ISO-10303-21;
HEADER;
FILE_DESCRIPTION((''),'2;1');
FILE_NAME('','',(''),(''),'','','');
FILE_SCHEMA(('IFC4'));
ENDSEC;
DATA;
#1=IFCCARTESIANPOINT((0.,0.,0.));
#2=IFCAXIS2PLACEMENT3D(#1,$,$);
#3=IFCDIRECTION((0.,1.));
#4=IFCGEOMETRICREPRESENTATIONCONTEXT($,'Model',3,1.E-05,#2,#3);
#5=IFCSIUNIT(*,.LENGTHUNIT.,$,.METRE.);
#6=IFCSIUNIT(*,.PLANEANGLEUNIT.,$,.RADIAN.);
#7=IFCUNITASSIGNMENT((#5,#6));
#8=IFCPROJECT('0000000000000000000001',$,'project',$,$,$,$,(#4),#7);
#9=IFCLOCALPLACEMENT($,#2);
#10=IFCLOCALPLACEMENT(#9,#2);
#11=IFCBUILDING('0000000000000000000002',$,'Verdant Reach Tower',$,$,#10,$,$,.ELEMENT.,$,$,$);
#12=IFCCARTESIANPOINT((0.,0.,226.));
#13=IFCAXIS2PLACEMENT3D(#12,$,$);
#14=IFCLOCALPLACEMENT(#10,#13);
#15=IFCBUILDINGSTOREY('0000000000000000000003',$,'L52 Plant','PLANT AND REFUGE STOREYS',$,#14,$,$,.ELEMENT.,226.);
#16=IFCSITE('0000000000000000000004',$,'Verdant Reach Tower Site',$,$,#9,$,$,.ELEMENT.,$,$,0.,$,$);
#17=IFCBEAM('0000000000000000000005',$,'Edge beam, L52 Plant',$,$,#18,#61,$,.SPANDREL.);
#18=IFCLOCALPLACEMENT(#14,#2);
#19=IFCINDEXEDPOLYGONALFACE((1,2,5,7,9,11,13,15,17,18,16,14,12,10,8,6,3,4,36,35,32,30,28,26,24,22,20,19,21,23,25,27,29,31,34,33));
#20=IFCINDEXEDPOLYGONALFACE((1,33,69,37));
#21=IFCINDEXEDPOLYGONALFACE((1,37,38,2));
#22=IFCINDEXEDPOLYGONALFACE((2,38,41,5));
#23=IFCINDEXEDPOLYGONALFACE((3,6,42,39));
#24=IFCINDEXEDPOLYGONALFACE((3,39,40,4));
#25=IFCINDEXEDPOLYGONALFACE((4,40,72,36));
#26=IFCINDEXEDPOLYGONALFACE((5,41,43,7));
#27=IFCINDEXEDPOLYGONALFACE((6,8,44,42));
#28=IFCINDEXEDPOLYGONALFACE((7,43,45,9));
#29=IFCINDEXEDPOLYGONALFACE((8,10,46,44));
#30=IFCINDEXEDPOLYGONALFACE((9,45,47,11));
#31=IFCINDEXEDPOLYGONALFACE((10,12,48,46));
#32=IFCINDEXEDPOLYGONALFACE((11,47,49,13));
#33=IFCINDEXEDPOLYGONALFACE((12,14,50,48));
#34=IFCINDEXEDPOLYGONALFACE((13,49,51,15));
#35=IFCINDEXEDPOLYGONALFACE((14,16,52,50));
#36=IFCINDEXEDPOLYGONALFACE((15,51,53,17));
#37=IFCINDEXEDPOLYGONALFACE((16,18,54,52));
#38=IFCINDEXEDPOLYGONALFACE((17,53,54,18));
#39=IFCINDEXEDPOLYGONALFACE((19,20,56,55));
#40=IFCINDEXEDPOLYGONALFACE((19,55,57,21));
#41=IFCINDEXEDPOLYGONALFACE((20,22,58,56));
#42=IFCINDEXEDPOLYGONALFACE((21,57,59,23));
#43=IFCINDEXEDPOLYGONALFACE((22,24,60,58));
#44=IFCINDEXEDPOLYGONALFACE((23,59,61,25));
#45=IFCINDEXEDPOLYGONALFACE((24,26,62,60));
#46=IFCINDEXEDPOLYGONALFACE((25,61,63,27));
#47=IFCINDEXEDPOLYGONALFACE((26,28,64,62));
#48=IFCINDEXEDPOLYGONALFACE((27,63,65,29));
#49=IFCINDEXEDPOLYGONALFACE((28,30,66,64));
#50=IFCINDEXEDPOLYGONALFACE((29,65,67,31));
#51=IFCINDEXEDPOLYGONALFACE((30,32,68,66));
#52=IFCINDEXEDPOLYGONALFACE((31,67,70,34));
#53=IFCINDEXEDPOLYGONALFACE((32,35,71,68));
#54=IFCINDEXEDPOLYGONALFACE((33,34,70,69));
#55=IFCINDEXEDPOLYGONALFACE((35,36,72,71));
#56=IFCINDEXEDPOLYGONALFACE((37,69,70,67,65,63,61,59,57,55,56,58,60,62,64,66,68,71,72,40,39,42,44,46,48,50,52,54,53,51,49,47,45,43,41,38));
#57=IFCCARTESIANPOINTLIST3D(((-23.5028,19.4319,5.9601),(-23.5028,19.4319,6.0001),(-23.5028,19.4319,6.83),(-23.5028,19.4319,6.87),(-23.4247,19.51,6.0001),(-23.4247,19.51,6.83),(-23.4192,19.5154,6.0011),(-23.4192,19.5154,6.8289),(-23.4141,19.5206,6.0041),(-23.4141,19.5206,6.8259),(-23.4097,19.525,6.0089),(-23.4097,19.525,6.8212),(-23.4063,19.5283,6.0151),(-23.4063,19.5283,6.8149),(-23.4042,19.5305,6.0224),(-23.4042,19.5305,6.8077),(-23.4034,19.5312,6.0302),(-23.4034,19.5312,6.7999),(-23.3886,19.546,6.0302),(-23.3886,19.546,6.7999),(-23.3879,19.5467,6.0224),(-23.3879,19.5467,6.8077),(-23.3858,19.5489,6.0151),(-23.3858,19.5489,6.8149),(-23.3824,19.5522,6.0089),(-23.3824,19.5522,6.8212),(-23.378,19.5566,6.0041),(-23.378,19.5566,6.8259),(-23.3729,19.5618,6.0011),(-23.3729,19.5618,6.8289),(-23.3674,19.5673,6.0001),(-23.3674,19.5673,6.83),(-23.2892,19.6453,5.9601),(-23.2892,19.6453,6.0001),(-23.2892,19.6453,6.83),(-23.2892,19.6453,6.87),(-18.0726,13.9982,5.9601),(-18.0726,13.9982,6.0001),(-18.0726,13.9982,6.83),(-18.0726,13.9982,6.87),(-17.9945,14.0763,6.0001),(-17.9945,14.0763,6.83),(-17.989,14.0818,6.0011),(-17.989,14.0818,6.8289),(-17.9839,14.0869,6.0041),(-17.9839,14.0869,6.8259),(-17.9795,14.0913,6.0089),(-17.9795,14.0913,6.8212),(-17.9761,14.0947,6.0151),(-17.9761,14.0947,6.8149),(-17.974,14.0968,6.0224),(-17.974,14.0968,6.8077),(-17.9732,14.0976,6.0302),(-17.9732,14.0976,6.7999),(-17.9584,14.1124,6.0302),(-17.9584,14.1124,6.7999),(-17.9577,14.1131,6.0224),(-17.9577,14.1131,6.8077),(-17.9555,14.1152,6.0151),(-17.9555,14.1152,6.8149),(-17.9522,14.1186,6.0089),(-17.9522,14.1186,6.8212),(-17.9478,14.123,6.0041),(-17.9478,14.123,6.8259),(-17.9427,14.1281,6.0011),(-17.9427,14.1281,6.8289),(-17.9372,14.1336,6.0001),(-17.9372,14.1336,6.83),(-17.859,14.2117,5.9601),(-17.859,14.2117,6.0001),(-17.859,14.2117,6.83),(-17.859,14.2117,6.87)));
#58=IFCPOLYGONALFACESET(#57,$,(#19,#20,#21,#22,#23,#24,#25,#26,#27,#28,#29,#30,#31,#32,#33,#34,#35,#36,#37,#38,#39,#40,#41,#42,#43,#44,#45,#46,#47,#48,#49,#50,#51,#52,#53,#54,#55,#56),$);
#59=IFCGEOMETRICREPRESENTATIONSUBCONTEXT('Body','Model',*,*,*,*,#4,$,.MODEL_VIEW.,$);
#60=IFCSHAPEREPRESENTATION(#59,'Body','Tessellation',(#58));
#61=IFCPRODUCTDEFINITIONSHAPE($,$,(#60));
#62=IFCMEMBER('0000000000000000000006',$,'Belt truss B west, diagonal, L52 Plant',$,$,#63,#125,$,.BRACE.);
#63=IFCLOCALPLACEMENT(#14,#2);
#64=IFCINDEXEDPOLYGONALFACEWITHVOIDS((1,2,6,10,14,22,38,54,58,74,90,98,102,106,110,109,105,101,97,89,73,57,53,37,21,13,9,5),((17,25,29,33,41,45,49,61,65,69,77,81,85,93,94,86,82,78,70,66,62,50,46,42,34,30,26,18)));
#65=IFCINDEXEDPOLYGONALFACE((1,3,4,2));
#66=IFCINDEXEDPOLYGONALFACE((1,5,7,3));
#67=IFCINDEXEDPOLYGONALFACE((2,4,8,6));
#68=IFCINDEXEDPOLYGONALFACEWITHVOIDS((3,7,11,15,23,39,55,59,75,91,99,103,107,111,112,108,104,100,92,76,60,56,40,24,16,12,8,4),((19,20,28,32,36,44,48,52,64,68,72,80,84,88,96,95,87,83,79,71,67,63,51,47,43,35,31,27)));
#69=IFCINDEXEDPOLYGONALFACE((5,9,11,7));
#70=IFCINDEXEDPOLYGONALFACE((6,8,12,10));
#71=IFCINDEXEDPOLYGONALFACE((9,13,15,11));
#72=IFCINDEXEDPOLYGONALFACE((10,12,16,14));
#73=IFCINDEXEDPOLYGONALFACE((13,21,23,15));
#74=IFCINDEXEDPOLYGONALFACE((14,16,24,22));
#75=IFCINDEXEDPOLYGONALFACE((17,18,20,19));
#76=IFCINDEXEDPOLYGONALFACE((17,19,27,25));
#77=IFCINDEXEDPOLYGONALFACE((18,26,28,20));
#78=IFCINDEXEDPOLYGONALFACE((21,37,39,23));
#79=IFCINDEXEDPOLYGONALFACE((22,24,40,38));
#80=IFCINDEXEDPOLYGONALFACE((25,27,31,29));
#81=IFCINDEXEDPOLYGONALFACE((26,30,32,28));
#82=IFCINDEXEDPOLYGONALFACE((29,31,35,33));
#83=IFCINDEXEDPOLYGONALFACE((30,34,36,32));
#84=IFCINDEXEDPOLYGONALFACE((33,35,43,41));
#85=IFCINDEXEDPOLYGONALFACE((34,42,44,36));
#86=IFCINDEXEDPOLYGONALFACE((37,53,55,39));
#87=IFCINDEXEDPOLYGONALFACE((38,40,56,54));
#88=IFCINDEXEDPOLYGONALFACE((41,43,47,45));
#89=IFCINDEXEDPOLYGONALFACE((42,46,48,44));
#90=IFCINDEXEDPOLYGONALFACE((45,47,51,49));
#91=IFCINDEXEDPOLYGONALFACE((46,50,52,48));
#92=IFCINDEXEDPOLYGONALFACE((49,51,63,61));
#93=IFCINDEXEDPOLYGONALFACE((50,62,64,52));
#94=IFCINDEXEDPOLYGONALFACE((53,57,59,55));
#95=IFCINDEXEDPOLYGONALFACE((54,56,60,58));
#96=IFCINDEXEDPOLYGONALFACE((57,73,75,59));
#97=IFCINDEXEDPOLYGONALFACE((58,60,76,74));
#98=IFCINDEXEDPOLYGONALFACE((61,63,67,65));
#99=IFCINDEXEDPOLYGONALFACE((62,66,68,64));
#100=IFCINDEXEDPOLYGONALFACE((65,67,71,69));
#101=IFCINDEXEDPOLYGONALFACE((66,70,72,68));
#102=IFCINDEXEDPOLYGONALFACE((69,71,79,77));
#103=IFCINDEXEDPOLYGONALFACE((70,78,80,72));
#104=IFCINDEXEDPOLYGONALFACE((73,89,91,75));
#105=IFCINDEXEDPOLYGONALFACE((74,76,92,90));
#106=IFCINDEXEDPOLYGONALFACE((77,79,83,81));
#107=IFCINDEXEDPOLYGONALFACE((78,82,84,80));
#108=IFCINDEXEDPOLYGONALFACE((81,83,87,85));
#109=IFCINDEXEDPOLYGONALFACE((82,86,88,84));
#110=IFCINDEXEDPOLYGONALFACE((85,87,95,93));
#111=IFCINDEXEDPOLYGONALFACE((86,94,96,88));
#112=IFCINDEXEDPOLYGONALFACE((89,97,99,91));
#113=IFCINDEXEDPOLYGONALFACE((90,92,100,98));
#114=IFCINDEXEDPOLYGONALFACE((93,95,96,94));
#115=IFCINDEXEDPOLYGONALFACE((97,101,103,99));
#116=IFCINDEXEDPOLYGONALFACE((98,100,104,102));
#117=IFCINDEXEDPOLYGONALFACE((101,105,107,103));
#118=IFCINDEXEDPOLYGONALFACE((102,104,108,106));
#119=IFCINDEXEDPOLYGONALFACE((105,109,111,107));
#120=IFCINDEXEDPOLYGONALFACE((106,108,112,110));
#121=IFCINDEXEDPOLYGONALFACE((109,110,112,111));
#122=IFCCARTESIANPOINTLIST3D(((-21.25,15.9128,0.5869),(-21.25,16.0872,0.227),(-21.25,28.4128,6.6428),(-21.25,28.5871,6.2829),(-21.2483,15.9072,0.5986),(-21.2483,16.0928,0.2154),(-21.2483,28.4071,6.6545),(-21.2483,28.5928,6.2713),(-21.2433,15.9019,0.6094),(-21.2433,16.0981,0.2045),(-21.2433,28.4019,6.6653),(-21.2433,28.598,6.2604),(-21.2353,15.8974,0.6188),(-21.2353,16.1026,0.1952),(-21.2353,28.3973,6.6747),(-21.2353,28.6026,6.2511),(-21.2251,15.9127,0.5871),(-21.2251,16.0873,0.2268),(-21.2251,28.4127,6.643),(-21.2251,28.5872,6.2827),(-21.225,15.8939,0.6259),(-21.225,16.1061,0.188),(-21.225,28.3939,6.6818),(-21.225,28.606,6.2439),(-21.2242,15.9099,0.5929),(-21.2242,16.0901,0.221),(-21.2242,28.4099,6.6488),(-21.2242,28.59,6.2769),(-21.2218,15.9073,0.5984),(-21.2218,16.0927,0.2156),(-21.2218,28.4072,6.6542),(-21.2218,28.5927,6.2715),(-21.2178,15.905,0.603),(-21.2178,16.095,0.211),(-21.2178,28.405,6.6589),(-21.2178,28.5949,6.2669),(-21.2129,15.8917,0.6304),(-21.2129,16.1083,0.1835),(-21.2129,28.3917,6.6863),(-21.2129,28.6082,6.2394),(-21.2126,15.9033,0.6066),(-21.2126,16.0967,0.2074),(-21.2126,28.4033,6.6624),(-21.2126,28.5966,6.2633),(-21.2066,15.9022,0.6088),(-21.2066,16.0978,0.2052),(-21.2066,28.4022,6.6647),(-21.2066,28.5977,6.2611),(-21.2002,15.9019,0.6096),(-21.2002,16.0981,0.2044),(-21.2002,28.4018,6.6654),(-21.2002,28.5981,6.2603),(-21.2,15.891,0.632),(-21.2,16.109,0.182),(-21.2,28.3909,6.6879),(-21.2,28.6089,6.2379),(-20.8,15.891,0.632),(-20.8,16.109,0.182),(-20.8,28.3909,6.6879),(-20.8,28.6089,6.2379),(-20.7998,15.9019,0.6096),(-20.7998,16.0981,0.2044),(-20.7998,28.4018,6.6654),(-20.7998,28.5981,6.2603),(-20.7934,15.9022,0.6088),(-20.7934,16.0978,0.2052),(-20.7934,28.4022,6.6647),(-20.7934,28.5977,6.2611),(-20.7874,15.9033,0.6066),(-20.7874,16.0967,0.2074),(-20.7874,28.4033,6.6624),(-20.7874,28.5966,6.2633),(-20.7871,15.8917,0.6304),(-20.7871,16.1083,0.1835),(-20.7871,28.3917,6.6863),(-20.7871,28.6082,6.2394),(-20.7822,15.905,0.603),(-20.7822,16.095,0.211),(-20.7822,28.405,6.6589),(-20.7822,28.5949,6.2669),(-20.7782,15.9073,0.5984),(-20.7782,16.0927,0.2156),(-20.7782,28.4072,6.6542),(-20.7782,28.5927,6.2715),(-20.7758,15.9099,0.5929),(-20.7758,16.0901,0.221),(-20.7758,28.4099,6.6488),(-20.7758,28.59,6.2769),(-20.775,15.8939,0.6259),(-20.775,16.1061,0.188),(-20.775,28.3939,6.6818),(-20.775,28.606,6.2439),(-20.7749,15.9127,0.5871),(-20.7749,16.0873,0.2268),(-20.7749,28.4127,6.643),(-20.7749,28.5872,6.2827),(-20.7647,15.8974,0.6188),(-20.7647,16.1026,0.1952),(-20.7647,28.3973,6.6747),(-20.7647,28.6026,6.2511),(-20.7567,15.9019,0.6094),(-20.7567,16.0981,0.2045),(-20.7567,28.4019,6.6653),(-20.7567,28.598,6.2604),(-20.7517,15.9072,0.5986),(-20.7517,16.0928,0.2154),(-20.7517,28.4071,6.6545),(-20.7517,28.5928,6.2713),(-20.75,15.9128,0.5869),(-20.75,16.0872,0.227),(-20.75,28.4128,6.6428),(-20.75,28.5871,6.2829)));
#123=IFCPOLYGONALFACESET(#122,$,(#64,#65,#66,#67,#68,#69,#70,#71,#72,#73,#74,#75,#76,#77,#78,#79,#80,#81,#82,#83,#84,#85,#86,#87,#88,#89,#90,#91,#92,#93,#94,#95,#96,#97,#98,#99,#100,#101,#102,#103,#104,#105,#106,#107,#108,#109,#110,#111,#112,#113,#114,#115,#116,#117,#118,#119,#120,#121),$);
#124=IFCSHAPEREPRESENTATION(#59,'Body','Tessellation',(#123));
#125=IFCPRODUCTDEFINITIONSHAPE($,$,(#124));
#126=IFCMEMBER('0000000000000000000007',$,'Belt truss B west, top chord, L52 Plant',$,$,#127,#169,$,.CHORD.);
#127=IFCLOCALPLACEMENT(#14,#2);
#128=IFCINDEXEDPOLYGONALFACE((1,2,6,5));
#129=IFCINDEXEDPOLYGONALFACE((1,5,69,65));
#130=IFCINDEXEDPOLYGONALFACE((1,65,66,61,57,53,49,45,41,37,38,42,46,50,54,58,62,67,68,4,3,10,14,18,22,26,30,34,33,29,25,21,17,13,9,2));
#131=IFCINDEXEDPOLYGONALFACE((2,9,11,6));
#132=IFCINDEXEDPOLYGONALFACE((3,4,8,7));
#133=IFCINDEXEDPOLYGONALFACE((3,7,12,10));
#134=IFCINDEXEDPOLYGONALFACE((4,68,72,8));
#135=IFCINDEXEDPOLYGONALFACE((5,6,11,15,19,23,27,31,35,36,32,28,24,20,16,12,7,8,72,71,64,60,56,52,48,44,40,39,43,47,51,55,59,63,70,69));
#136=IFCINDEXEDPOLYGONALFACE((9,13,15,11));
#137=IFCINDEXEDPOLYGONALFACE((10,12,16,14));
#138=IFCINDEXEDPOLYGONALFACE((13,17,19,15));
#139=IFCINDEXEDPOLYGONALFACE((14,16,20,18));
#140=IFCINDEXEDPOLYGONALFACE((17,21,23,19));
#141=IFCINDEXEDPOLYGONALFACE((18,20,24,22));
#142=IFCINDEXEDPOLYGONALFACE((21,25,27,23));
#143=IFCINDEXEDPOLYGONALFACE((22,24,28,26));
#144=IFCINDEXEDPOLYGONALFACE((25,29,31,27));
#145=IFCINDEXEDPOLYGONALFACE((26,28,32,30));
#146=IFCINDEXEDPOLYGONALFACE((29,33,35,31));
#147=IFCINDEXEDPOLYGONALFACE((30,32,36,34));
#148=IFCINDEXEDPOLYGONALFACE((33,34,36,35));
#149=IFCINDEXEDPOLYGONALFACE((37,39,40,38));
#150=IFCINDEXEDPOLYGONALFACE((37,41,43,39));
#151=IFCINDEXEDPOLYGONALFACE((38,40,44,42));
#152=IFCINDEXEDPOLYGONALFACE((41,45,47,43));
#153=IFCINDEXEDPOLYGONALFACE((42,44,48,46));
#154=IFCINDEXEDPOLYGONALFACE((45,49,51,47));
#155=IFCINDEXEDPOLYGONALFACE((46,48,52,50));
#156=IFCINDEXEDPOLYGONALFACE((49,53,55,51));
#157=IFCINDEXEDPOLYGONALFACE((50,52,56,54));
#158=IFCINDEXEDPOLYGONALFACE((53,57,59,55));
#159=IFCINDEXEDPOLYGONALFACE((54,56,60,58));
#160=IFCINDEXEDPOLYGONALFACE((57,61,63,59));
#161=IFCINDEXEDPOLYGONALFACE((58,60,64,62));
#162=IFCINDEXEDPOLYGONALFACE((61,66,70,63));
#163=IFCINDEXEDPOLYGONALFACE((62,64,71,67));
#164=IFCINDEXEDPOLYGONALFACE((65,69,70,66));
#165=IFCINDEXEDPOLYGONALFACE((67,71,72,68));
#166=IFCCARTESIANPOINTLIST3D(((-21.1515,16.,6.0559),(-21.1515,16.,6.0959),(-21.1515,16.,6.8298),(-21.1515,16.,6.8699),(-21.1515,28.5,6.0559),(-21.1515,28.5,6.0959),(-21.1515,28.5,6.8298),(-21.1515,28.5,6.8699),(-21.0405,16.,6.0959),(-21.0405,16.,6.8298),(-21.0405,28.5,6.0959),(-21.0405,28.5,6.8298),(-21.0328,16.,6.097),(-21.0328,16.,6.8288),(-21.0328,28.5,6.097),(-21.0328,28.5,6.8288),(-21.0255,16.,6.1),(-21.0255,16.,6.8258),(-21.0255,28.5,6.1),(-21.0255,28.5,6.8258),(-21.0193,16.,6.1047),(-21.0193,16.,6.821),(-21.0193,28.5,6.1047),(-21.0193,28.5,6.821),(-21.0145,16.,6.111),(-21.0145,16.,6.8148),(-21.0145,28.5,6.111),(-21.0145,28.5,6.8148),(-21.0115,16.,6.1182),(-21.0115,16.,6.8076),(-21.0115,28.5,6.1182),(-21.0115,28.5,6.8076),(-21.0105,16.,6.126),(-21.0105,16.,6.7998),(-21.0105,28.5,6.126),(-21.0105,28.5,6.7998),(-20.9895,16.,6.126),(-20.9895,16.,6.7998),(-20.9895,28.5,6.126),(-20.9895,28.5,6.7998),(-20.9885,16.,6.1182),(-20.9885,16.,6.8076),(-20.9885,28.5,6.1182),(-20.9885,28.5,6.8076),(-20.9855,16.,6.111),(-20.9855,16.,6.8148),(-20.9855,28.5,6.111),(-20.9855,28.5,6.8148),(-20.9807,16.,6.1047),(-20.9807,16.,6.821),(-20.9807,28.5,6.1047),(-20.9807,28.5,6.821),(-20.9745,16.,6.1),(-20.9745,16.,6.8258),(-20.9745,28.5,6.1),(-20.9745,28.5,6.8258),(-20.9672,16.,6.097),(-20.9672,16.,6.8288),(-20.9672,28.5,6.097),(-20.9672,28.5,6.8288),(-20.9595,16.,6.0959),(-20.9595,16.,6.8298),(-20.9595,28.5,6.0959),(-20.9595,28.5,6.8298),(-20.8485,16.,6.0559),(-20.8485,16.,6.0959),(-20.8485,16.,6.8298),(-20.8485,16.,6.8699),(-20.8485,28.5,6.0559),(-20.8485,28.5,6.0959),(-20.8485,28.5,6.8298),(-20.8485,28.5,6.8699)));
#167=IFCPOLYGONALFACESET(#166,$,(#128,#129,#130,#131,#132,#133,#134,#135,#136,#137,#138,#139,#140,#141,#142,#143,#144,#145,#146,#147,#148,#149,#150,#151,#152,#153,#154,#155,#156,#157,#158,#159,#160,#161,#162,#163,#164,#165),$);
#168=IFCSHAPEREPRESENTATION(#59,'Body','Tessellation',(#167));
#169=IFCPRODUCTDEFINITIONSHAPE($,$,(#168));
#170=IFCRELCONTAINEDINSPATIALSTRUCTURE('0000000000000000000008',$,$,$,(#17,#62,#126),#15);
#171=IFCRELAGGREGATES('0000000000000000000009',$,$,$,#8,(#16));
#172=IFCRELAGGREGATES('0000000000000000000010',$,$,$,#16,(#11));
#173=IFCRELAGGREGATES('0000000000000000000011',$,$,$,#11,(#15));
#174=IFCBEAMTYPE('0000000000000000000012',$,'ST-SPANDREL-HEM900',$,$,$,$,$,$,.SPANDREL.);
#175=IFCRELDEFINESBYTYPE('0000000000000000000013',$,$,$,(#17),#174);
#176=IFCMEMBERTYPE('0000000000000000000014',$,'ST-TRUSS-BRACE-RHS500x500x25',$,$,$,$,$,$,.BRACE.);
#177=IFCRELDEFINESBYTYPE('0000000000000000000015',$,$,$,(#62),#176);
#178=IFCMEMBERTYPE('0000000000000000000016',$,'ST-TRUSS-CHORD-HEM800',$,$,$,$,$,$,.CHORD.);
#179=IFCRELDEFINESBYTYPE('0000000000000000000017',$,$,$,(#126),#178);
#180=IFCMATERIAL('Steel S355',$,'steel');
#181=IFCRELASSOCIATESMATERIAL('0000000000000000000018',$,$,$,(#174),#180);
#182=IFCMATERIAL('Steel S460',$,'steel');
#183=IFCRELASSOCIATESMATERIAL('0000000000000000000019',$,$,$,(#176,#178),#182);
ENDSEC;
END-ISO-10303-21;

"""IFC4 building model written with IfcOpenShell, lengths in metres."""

from ifc_helpers import new_model, si_unit, direction, frame, origin, origin_2d, place, context, subcontext, project, spatial, hollow_rectangle, i_section, extrude, material, material_profile, profile_set, type_object, element, save


model = new_model("IFC4")

# Units and contexts
model_context = context("Model", 3, precision=1e-05, world=origin(), true_north=direction((0.0, 1.0)))
body_context = subcontext(model_context, "Body", "Model", "MODEL_VIEW")
ifc_project = project(units=[si_unit("LENGTHUNIT", "METRE"), si_unit("PLANEANGLEUNIT", "RADIAN")], contexts=[model_context])

# Site, building, storey
site_placement = place(None, origin())
site = spatial("IfcSite", under=ifc_project, at=site_placement, Name="Verdant Reach Tower Site", CompositionType="ELEMENT", RefElevation=0.0)
building_placement = place(site_placement, origin())
building = spatial("IfcBuilding", under=site, at=building_placement, Name="Verdant Reach Tower", CompositionType="ELEMENT")
storey_placement = place(building_placement, frame((0.0, 0.0, 226.0)))
storey = spatial("IfcBuildingStorey", under=building, at=storey_placement, Name="L52 Plant", Description="PLANT AND REFUGE STOREYS", CompositionType="ELEMENT", Elevation=226.0)

# Shared definitions
ifc_material_1 = material(Name="Steel S460", Category="steel")

# Beam
ifc_material_2 = material(Name="Steel S355", Category="steel")
ifc_material_profile_1 = material_profile(ifc_material_2, i_section(OverallWidth=0.302, OverallDepth=0.9099, WebThickness=0.021, FlangeThickness=0.04, FilletRadius=0.03, at=origin_2d()), Name="HEM 900")
ifc_profile_set_1 = profile_set([ifc_material_profile_1], Name="Steel S355")
beam_type_1 = type_object("IfcBeamType", Name="ST-SPANDREL-HEM900", PredefinedType="SPANDREL", material=ifc_profile_set_1)
beam_1_placement = place(storey_placement, frame((-17.9658, 14.105, 6.415), z_axis=(-0.706884, 0.707329, 0.0), x_axis=(-0.707329, -0.706884, 0.0)))
element("IfcBeam", 1, at=beam_1_placement, inside=storey, type_object=beam_type_1, Name="Edge beam, L52 Plant", PredefinedType="SPANDREL", context=body_context, shape_type="SweptSolid", body=[
    extrude(i_section(OverallWidth=0.302, OverallDepth=0.9099, WebThickness=0.021, FlangeThickness=0.04, FilletRadius=0.03, at=origin_2d()), origin(), (0.0, 0.0, 1.0), 7.6819),
])

# Members
ifc_material_profile_2 = material_profile(ifc_material_1, hollow_rectangle(XDim=0.5, YDim=0.5, WallThickness=0.0249, InnerFilletRadius=0.0249, OuterFilletRadius=0.05, at=origin_2d()), Name="RHS 500x500x25")
ifc_profile_set_2 = profile_set([ifc_material_profile_2], Name="Steel S460")
member_type_1 = type_object("IfcMemberType", Name="ST-TRUSS-BRACE-RHS500x500x25", PredefinedType="BRACE", material=ifc_profile_set_2)
member_1_placement = place(storey_placement, frame((-21.0, 16.0, 0.407), z_axis=(0.0, 0.899947, 0.436), x_axis=(-1.0, 0.0, 0.0)))
element("IfcMember", 2, at=member_1_placement, inside=storey, type_object=member_type_1, Name="Belt truss B west, diagonal, L52 Plant", PredefinedType="BRACE", context=body_context, shape_type="SweptSolid", body=[
    extrude(hollow_rectangle(XDim=0.5, YDim=0.5, WallThickness=0.0249, InnerFilletRadius=0.0249, OuterFilletRadius=0.05, at=origin_2d()), origin(), (0.0, 0.0, 1.0), 13.8896),
])
ifc_material_profile_3 = material_profile(ifc_material_1, i_section(OverallWidth=0.303, OverallDepth=0.814, WebThickness=0.021, FlangeThickness=0.04, FilletRadius=0.03, at=origin_2d()), Name="HEM 800")
ifc_profile_set_3 = profile_set([ifc_material_profile_3], Name="Steel S460")
member_type_2 = type_object("IfcMemberType", Name="ST-TRUSS-CHORD-HEM800", PredefinedType="CHORD", material=ifc_profile_set_3)
for number, where, z_axis, x_axis, name in (
    (3, (-21.0, 16.0, 6.4629), (0.0, 1.0, 0.0), (-1.0, 0.0, 0.0), "Belt truss B west, top chord, L52 Plant"),
):
    element("IfcMember", number, at=place(storey_placement, frame(where, z_axis=z_axis, x_axis=x_axis)), inside=storey, type_object=member_type_2, Name=name, PredefinedType="CHORD", context=body_context, shape_type="SweptSolid", body=[
        extrude(i_section(OverallWidth=0.303, OverallDepth=0.814, WebThickness=0.021, FlangeThickness=0.04, FilletRadius=0.03, at=origin_2d()), origin(), (0.0, 0.0, 1.0), 12.5),
    ])

save(model, "model.ifc")
